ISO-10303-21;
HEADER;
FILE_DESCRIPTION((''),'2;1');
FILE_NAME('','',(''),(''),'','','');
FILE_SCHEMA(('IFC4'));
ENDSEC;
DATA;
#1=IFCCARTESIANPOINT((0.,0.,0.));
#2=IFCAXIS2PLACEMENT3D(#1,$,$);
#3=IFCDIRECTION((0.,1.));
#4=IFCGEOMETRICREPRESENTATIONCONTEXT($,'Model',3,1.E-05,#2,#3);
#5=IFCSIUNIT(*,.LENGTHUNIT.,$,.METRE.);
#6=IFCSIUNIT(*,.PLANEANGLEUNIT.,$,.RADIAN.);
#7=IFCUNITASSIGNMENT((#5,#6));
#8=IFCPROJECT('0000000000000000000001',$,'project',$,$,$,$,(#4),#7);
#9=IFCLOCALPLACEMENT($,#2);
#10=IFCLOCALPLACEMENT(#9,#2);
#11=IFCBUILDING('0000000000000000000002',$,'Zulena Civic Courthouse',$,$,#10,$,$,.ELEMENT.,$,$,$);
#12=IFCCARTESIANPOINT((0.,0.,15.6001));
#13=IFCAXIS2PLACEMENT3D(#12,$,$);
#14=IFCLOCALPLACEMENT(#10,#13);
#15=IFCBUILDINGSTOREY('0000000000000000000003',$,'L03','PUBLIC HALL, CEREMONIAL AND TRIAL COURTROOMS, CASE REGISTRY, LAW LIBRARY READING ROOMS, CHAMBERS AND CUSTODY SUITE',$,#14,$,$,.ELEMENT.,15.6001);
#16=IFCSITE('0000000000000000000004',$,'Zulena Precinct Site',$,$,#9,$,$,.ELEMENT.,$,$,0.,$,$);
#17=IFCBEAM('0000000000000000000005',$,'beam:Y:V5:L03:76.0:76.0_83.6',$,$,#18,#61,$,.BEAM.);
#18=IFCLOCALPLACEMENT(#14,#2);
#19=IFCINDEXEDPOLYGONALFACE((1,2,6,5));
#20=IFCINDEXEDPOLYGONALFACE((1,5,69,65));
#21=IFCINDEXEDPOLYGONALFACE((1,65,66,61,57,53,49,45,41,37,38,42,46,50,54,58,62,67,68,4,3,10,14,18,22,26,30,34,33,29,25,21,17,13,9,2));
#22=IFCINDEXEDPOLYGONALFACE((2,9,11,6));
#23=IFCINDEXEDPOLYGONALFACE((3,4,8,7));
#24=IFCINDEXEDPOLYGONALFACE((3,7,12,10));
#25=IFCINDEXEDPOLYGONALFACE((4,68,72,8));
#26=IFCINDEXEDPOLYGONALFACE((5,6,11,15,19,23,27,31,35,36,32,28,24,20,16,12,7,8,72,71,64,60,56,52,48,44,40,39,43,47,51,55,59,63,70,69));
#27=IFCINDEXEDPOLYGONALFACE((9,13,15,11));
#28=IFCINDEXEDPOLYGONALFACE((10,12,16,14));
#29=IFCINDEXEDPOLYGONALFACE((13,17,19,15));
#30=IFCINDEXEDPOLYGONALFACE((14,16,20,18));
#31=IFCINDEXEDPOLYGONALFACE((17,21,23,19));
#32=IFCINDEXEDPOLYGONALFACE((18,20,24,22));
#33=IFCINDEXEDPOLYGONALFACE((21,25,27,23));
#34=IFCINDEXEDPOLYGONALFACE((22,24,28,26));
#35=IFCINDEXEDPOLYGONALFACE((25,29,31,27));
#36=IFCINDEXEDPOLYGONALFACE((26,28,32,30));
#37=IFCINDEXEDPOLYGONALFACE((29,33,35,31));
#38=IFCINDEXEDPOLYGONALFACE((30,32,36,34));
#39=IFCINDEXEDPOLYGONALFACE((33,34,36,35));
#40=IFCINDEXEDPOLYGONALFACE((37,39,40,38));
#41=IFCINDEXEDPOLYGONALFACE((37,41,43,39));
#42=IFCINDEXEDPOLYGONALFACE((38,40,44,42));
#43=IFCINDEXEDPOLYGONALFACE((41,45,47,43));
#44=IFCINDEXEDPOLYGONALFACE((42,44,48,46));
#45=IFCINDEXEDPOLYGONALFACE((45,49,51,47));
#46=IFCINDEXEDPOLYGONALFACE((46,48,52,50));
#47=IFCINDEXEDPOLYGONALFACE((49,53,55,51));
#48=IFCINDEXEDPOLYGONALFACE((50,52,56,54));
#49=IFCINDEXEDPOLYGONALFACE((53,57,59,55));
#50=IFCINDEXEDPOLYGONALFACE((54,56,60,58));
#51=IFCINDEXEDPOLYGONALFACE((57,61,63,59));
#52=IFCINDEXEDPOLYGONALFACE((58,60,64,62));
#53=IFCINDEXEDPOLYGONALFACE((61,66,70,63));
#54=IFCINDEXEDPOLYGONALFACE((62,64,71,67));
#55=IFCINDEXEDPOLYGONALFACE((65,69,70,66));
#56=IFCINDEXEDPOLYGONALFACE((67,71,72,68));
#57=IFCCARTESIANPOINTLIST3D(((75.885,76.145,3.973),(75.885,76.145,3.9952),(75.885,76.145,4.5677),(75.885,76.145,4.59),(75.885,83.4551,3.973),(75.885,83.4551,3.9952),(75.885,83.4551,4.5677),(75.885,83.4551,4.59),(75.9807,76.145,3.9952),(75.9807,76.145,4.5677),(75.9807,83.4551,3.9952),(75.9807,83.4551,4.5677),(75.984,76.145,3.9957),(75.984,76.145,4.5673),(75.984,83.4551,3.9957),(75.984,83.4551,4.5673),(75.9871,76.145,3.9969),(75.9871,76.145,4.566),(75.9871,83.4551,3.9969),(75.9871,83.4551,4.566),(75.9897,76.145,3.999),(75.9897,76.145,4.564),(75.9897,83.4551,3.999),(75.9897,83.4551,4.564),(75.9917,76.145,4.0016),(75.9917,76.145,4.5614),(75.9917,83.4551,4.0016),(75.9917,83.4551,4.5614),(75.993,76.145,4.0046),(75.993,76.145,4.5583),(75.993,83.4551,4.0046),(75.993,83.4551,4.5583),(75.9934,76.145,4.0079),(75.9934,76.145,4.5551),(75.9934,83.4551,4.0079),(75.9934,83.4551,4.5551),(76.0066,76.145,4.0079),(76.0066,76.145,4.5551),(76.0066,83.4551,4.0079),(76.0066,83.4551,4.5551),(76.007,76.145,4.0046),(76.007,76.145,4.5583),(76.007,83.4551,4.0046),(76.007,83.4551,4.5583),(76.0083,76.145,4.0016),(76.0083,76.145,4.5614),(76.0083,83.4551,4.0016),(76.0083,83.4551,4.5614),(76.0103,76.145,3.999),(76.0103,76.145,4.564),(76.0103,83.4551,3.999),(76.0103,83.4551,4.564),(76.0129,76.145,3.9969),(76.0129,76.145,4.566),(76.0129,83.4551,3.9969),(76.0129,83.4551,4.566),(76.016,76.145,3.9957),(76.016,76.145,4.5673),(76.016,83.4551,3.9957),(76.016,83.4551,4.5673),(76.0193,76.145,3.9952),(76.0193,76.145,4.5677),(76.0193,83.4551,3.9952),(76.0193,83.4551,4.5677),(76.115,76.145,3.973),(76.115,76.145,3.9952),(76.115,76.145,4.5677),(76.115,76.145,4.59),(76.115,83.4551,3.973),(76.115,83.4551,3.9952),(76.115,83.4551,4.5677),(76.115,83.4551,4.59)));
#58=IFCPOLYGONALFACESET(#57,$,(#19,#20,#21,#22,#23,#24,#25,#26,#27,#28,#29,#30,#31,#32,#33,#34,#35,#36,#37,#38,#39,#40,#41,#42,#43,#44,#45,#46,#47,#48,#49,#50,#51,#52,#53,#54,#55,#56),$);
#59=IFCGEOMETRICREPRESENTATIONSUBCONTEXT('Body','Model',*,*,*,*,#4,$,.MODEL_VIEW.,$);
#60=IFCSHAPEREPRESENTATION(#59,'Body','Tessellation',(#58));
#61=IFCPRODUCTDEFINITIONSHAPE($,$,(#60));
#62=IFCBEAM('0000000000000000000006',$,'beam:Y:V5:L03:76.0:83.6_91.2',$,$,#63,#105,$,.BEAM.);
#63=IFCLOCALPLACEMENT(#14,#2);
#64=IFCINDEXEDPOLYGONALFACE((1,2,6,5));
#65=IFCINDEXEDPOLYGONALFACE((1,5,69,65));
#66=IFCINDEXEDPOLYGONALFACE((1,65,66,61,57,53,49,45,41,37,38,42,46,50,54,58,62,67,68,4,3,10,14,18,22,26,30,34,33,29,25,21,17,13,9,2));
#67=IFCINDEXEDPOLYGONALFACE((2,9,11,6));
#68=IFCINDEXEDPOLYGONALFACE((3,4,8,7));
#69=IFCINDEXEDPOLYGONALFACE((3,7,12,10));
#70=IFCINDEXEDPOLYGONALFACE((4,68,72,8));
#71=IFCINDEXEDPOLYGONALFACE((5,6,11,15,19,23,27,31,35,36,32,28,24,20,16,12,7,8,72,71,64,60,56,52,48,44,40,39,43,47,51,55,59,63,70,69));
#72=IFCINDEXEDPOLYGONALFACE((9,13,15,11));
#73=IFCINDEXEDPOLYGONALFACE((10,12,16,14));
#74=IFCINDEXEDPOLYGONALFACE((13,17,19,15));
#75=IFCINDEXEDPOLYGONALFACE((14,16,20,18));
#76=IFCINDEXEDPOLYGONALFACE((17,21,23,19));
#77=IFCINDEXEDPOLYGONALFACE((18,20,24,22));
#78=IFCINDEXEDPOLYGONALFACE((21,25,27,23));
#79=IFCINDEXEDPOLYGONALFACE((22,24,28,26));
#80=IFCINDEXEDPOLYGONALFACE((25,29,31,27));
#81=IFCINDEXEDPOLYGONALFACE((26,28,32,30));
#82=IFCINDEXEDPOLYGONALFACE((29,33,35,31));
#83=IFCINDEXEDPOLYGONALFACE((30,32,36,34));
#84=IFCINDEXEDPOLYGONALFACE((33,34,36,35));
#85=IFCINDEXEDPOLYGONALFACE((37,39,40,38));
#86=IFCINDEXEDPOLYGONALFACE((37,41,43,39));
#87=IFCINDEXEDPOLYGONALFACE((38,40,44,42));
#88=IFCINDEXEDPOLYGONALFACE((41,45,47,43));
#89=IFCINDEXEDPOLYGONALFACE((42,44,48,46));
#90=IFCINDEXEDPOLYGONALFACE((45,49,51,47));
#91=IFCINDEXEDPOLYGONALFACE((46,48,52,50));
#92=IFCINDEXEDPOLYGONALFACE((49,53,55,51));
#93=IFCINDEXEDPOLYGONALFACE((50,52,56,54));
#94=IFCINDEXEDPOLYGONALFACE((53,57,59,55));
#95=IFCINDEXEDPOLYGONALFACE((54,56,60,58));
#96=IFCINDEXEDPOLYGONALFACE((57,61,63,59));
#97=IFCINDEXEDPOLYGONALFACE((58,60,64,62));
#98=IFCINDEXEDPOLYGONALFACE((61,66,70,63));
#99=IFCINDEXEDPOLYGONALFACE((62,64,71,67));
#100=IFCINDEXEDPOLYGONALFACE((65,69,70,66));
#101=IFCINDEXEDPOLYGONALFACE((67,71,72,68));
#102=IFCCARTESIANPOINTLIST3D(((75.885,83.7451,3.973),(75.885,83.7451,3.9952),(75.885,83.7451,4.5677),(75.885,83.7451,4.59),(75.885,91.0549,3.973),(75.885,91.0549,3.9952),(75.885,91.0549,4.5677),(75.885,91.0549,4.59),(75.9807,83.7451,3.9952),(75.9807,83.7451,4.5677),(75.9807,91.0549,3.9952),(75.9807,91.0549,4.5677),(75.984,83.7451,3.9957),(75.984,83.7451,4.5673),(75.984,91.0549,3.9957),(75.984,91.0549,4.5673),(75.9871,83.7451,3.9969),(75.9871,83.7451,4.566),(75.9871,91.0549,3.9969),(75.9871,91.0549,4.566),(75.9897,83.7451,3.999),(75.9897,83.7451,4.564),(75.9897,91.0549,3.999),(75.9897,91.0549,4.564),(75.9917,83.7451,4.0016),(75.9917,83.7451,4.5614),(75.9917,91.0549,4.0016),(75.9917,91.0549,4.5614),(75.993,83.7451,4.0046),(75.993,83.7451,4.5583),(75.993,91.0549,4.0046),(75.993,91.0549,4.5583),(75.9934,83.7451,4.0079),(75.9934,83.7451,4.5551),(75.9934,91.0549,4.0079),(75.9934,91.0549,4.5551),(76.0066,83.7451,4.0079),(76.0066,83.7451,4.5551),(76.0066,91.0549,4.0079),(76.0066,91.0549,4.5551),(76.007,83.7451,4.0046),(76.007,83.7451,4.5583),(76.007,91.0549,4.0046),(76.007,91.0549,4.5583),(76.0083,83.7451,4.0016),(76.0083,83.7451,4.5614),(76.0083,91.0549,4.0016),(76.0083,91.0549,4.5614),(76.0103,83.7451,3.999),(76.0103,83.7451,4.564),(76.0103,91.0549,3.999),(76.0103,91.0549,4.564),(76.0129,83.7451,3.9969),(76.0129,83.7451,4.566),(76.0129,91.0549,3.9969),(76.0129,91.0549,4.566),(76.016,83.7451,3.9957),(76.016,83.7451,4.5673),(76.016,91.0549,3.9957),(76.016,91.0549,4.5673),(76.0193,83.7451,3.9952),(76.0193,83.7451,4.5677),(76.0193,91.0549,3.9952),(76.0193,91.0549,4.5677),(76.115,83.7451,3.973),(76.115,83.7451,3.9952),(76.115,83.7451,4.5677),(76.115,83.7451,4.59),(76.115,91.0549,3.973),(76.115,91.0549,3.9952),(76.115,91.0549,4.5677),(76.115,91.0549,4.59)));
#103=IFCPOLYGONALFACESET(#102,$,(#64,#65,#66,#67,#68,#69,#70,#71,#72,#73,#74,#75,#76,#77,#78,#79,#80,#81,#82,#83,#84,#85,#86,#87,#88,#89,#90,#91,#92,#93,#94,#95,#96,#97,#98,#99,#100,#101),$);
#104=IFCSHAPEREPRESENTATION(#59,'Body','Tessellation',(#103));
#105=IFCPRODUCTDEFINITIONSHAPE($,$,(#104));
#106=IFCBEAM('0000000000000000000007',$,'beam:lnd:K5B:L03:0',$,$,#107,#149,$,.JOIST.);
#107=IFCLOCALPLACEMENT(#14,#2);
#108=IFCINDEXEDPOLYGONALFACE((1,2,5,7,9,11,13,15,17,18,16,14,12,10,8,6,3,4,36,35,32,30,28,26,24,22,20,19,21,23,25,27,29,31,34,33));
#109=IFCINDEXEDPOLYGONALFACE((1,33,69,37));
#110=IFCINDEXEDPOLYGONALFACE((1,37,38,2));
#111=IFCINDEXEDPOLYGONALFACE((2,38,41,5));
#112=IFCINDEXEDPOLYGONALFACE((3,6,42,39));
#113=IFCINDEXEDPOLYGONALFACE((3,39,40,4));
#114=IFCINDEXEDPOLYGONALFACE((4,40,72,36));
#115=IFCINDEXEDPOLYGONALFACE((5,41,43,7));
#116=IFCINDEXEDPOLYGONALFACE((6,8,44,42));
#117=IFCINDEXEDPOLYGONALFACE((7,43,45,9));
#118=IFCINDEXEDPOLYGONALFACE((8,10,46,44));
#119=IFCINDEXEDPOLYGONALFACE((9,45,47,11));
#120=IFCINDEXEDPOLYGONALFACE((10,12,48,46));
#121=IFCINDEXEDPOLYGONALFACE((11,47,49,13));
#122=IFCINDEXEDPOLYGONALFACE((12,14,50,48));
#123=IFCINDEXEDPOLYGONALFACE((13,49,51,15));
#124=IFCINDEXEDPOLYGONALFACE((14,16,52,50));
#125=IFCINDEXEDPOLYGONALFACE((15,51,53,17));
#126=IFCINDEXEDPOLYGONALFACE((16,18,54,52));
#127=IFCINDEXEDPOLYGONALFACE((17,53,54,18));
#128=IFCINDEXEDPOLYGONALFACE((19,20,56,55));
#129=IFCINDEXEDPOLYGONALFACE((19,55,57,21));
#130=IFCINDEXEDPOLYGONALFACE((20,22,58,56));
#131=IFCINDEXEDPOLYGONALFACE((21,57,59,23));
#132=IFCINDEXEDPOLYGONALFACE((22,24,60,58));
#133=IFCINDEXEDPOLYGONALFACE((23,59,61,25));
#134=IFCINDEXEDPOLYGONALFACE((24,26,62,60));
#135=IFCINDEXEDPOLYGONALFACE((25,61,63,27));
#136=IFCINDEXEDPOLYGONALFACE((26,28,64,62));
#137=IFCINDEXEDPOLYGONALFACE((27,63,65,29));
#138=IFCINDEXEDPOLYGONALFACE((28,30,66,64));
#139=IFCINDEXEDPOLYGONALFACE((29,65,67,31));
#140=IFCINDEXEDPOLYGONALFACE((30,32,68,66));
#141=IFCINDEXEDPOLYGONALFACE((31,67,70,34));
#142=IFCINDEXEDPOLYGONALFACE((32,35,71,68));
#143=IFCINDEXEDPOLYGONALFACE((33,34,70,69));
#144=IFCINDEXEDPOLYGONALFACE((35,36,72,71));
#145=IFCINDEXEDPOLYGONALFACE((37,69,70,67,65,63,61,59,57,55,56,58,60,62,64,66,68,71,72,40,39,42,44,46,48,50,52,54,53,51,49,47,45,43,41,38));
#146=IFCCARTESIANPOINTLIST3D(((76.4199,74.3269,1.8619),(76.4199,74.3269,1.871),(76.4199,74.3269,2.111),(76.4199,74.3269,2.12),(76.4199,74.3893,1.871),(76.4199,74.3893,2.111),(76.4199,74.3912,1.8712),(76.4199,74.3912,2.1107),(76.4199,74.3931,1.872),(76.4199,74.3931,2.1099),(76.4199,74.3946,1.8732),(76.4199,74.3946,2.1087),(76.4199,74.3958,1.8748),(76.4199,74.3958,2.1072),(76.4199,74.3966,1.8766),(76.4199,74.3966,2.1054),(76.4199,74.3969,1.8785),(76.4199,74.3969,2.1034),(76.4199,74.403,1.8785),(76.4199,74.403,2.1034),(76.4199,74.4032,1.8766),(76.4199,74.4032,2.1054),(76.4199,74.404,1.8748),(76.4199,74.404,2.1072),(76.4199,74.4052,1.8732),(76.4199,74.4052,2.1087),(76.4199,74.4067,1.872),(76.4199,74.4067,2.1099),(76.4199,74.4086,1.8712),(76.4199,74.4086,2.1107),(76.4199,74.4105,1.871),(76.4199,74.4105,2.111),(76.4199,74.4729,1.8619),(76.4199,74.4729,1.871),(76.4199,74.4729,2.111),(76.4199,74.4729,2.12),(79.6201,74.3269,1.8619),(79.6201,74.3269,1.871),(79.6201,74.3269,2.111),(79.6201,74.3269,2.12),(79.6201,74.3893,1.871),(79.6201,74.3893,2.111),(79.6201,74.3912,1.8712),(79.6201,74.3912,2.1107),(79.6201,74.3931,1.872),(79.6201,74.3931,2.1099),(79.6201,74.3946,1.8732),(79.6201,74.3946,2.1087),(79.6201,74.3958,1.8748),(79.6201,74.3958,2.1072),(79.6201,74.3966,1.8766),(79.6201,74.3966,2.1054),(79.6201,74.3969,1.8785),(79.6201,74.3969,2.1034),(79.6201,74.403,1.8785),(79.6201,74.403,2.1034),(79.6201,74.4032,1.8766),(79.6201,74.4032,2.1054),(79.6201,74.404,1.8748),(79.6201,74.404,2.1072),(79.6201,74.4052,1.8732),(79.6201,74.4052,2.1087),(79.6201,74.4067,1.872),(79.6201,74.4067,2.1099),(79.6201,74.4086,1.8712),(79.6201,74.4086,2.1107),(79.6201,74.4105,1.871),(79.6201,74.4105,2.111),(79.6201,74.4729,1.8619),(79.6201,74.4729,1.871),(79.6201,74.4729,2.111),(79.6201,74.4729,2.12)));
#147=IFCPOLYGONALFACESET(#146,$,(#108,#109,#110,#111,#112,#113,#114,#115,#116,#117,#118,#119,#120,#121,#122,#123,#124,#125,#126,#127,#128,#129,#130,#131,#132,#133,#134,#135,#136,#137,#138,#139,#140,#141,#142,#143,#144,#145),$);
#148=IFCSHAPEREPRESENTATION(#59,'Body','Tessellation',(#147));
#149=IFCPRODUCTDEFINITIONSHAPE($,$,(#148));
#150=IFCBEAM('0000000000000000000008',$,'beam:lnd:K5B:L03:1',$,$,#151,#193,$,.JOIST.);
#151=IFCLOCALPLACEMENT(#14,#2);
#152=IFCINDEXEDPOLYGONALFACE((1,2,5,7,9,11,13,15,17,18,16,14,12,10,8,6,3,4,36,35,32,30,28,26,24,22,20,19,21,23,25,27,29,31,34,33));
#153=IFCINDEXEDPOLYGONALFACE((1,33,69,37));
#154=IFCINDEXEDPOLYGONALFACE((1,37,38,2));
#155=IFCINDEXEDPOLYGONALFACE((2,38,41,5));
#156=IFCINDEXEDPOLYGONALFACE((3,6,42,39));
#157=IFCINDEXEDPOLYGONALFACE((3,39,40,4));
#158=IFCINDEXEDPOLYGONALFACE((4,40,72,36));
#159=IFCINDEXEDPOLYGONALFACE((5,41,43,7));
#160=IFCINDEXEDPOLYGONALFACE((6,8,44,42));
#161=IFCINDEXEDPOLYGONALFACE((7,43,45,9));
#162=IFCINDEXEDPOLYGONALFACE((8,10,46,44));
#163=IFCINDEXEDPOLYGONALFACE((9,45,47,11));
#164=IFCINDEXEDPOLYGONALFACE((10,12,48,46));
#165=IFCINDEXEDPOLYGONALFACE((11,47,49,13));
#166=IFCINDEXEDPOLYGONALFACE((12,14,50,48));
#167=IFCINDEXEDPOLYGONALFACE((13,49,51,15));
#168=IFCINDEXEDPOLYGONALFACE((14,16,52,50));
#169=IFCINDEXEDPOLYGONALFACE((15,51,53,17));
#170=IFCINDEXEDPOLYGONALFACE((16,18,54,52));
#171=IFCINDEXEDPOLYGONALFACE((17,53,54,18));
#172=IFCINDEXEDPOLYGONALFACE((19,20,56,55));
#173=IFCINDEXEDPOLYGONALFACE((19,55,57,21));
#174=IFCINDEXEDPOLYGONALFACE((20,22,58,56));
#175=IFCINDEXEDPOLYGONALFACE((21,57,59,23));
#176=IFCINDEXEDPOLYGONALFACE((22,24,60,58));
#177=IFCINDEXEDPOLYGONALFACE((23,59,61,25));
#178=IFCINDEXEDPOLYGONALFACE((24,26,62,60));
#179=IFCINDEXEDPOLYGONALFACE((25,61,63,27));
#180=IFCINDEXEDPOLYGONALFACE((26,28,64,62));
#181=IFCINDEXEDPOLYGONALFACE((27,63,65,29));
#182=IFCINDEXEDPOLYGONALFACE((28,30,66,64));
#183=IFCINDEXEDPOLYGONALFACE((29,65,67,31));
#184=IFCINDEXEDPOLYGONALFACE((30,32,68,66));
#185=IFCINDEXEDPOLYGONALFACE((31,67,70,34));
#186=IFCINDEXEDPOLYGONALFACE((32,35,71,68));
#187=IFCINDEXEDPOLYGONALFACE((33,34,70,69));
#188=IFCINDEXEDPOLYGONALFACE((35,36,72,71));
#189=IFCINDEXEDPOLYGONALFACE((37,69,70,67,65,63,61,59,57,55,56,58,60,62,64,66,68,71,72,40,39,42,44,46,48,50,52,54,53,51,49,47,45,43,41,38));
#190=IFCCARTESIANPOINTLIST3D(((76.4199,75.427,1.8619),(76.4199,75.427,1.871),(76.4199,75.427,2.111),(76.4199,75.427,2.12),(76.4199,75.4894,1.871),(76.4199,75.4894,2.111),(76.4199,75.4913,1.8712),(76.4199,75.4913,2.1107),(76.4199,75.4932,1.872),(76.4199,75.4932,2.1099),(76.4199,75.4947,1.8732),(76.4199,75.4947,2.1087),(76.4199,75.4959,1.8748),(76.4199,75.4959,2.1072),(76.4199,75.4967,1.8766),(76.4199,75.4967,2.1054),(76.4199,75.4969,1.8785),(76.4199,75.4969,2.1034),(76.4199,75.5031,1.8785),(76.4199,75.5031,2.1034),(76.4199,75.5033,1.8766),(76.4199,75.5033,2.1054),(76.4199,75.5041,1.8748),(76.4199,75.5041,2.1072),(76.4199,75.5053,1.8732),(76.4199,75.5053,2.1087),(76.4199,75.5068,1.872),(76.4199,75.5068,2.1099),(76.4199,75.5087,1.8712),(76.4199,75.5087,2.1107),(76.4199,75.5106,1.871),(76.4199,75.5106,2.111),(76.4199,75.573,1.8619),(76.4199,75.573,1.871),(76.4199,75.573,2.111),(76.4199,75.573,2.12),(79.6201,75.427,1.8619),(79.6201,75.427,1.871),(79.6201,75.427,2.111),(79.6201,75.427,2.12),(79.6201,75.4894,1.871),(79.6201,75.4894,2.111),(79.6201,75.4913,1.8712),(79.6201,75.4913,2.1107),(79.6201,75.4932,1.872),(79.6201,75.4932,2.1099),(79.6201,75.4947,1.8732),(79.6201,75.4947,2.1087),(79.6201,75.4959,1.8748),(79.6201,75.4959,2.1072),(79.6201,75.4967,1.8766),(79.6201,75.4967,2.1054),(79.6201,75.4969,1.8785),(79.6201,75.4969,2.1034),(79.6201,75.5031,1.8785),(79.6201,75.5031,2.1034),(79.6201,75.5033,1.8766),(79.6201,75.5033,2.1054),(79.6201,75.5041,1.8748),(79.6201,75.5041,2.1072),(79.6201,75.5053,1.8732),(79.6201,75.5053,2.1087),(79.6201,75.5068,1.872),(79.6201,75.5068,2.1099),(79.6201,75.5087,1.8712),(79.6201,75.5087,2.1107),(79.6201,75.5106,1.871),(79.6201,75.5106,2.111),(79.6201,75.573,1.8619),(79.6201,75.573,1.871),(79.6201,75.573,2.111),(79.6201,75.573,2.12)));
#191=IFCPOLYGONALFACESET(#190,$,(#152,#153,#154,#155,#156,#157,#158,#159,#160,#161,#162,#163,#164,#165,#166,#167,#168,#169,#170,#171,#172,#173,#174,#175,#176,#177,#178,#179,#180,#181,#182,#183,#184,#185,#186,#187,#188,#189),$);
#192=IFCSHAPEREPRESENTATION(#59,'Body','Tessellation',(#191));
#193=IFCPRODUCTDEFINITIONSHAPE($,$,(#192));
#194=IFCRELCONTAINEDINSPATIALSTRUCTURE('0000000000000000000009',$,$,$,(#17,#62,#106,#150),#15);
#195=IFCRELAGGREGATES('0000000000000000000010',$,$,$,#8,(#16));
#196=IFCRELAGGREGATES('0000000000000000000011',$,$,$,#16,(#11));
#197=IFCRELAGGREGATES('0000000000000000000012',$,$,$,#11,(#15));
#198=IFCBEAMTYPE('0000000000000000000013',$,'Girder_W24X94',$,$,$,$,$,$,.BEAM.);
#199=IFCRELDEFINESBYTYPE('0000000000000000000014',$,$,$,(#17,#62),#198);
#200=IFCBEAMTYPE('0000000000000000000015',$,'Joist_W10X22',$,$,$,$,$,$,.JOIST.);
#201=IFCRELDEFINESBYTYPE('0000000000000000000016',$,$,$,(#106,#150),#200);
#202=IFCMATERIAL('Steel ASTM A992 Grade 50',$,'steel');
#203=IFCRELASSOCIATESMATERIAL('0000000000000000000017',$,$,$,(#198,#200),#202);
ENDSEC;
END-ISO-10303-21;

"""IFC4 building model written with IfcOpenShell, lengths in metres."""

from ifc_helpers import new_model, si_unit, direction, frame, origin, origin_2d, place, context, subcontext, project, spatial, i_section, extrude, material, material_profile, profile_set, type_object, element, save


model = new_model("IFC4")

# Units and contexts
model_context = context("Model", 3, precision=1e-05, world=origin(), true_north=direction((0.0, 1.0)))
body_context = subcontext(model_context, "Body", "Model", "MODEL_VIEW")
ifc_project = project(units=[si_unit("LENGTHUNIT", "METRE"), si_unit("PLANEANGLEUNIT", "RADIAN")], contexts=[model_context])

# Site, building, storey
site_placement = place(None, origin())
site = spatial("IfcSite", under=ifc_project, at=site_placement, Name="Zulena Precinct Site", CompositionType="ELEMENT", RefElevation=0.0)
building_placement = place(site_placement, origin())
building = spatial("IfcBuilding", under=site, at=building_placement, Name="Zulena Civic Courthouse", CompositionType="ELEMENT")
storey_placement = place(building_placement, frame((0.0, 0.0, 15.6001)))
storey = spatial("IfcBuildingStorey", under=building, at=storey_placement, Name="L03", Description="PUBLIC HALL, CEREMONIAL AND TRIAL COURTROOMS, CASE REGISTRY, LAW LIBRARY READING ROOMS, CHAMBERS AND CUSTODY SUITE", CompositionType="ELEMENT", Elevation=15.6001)

# Shared definitions
ifc_material_1 = material(Name="Steel ASTM A992 Grade 50", Category="steel")

# Beams
ifc_material_profile_1 = material_profile(ifc_material_1, i_section(OverallWidth=0.23, OverallDepth=0.6169, WebThickness=0.0132, FlangeThickness=0.0222, FilletRadius=0.0127, at=origin_2d()), Name="W24X94")
ifc_profile_set_1 = profile_set([ifc_material_profile_1], Name="Steel ASTM A992 Grade 50")
beam_type_1 = type_object("IfcBeamType", Name="Girder_W24X94", PredefinedType="BEAM", material=ifc_profile_set_1)
beam_1_placement = place(storey_placement, frame((76.0, 76.145, 4.2815), z_axis=(0.0, 1.0, 0.0), x_axis=(-1.0, 0.0, 0.0)))
element("IfcBeam", 1, at=beam_1_placement, inside=storey, type_object=beam_type_1, Name="beam:Y:V5:L03:76.0:76.0_83.6", PredefinedType="BEAM", context=body_context, shape_type="SweptSolid", body=[
    extrude(i_section(OverallWidth=0.23, OverallDepth=0.6169, WebThickness=0.0132, FlangeThickness=0.0222, FilletRadius=0.0127, at=origin_2d()), origin(), (0.0, 0.0, 1.0), 7.3101),
])
beam_2_placement = place(storey_placement, frame((76.0, 83.7451, 4.2815), z_axis=(0.0, 1.0, 0.0), x_axis=(-1.0, 0.0, 0.0)))
element("IfcBeam", 2, at=beam_2_placement, inside=storey, type_object=beam_type_1, Name="beam:Y:V5:L03:76.0:83.6_91.2", PredefinedType="BEAM", context=body_context, shape_type="SweptSolid", body=[
    extrude(i_section(OverallWidth=0.23, OverallDepth=0.6169, WebThickness=0.0132, FlangeThickness=0.0222, FilletRadius=0.0127, at=origin_2d()), origin(), (0.0, 0.0, 1.0), 7.3098),
])
ifc_material_profile_2 = material_profile(ifc_material_1, i_section(OverallWidth=0.146, OverallDepth=0.2581, WebThickness=0.0061, FlangeThickness=0.009, FilletRadius=0.0076, at=origin_2d()), Name="W10X22")
ifc_profile_set_2 = profile_set([ifc_material_profile_2], Name="Steel ASTM A992 Grade 50")
beam_type_2 = type_object("IfcBeamType", Name="Joist_W10X22", PredefinedType="JOIST", material=ifc_profile_set_2)
for number, where, z_axis, x_axis, name in (
    (3, (76.4199, 74.3999, 1.991), (1.0, 0.0, 0.0), (0.0, 1.0, 0.0), "beam:lnd:K5B:L03:0"),
    (4, (76.4199, 75.5, 1.991), (1.0, 0.0, 0.0), (0.0, 1.0, 0.0), "beam:lnd:K5B:L03:1"),
):
    element("IfcBeam", number, at=place(storey_placement, frame(where, z_axis=z_axis, x_axis=x_axis)), inside=storey, type_object=beam_type_2, Name=name, PredefinedType="JOIST", context=body_context, shape_type="SweptSolid", body=[
        extrude(i_section(OverallWidth=0.146, OverallDepth=0.2581, WebThickness=0.0061, FlangeThickness=0.009, FilletRadius=0.0076, at=origin_2d()), origin(), (0.0, 0.0, 1.0), 3.2002),
    ])

save(model, "model.ifc")
